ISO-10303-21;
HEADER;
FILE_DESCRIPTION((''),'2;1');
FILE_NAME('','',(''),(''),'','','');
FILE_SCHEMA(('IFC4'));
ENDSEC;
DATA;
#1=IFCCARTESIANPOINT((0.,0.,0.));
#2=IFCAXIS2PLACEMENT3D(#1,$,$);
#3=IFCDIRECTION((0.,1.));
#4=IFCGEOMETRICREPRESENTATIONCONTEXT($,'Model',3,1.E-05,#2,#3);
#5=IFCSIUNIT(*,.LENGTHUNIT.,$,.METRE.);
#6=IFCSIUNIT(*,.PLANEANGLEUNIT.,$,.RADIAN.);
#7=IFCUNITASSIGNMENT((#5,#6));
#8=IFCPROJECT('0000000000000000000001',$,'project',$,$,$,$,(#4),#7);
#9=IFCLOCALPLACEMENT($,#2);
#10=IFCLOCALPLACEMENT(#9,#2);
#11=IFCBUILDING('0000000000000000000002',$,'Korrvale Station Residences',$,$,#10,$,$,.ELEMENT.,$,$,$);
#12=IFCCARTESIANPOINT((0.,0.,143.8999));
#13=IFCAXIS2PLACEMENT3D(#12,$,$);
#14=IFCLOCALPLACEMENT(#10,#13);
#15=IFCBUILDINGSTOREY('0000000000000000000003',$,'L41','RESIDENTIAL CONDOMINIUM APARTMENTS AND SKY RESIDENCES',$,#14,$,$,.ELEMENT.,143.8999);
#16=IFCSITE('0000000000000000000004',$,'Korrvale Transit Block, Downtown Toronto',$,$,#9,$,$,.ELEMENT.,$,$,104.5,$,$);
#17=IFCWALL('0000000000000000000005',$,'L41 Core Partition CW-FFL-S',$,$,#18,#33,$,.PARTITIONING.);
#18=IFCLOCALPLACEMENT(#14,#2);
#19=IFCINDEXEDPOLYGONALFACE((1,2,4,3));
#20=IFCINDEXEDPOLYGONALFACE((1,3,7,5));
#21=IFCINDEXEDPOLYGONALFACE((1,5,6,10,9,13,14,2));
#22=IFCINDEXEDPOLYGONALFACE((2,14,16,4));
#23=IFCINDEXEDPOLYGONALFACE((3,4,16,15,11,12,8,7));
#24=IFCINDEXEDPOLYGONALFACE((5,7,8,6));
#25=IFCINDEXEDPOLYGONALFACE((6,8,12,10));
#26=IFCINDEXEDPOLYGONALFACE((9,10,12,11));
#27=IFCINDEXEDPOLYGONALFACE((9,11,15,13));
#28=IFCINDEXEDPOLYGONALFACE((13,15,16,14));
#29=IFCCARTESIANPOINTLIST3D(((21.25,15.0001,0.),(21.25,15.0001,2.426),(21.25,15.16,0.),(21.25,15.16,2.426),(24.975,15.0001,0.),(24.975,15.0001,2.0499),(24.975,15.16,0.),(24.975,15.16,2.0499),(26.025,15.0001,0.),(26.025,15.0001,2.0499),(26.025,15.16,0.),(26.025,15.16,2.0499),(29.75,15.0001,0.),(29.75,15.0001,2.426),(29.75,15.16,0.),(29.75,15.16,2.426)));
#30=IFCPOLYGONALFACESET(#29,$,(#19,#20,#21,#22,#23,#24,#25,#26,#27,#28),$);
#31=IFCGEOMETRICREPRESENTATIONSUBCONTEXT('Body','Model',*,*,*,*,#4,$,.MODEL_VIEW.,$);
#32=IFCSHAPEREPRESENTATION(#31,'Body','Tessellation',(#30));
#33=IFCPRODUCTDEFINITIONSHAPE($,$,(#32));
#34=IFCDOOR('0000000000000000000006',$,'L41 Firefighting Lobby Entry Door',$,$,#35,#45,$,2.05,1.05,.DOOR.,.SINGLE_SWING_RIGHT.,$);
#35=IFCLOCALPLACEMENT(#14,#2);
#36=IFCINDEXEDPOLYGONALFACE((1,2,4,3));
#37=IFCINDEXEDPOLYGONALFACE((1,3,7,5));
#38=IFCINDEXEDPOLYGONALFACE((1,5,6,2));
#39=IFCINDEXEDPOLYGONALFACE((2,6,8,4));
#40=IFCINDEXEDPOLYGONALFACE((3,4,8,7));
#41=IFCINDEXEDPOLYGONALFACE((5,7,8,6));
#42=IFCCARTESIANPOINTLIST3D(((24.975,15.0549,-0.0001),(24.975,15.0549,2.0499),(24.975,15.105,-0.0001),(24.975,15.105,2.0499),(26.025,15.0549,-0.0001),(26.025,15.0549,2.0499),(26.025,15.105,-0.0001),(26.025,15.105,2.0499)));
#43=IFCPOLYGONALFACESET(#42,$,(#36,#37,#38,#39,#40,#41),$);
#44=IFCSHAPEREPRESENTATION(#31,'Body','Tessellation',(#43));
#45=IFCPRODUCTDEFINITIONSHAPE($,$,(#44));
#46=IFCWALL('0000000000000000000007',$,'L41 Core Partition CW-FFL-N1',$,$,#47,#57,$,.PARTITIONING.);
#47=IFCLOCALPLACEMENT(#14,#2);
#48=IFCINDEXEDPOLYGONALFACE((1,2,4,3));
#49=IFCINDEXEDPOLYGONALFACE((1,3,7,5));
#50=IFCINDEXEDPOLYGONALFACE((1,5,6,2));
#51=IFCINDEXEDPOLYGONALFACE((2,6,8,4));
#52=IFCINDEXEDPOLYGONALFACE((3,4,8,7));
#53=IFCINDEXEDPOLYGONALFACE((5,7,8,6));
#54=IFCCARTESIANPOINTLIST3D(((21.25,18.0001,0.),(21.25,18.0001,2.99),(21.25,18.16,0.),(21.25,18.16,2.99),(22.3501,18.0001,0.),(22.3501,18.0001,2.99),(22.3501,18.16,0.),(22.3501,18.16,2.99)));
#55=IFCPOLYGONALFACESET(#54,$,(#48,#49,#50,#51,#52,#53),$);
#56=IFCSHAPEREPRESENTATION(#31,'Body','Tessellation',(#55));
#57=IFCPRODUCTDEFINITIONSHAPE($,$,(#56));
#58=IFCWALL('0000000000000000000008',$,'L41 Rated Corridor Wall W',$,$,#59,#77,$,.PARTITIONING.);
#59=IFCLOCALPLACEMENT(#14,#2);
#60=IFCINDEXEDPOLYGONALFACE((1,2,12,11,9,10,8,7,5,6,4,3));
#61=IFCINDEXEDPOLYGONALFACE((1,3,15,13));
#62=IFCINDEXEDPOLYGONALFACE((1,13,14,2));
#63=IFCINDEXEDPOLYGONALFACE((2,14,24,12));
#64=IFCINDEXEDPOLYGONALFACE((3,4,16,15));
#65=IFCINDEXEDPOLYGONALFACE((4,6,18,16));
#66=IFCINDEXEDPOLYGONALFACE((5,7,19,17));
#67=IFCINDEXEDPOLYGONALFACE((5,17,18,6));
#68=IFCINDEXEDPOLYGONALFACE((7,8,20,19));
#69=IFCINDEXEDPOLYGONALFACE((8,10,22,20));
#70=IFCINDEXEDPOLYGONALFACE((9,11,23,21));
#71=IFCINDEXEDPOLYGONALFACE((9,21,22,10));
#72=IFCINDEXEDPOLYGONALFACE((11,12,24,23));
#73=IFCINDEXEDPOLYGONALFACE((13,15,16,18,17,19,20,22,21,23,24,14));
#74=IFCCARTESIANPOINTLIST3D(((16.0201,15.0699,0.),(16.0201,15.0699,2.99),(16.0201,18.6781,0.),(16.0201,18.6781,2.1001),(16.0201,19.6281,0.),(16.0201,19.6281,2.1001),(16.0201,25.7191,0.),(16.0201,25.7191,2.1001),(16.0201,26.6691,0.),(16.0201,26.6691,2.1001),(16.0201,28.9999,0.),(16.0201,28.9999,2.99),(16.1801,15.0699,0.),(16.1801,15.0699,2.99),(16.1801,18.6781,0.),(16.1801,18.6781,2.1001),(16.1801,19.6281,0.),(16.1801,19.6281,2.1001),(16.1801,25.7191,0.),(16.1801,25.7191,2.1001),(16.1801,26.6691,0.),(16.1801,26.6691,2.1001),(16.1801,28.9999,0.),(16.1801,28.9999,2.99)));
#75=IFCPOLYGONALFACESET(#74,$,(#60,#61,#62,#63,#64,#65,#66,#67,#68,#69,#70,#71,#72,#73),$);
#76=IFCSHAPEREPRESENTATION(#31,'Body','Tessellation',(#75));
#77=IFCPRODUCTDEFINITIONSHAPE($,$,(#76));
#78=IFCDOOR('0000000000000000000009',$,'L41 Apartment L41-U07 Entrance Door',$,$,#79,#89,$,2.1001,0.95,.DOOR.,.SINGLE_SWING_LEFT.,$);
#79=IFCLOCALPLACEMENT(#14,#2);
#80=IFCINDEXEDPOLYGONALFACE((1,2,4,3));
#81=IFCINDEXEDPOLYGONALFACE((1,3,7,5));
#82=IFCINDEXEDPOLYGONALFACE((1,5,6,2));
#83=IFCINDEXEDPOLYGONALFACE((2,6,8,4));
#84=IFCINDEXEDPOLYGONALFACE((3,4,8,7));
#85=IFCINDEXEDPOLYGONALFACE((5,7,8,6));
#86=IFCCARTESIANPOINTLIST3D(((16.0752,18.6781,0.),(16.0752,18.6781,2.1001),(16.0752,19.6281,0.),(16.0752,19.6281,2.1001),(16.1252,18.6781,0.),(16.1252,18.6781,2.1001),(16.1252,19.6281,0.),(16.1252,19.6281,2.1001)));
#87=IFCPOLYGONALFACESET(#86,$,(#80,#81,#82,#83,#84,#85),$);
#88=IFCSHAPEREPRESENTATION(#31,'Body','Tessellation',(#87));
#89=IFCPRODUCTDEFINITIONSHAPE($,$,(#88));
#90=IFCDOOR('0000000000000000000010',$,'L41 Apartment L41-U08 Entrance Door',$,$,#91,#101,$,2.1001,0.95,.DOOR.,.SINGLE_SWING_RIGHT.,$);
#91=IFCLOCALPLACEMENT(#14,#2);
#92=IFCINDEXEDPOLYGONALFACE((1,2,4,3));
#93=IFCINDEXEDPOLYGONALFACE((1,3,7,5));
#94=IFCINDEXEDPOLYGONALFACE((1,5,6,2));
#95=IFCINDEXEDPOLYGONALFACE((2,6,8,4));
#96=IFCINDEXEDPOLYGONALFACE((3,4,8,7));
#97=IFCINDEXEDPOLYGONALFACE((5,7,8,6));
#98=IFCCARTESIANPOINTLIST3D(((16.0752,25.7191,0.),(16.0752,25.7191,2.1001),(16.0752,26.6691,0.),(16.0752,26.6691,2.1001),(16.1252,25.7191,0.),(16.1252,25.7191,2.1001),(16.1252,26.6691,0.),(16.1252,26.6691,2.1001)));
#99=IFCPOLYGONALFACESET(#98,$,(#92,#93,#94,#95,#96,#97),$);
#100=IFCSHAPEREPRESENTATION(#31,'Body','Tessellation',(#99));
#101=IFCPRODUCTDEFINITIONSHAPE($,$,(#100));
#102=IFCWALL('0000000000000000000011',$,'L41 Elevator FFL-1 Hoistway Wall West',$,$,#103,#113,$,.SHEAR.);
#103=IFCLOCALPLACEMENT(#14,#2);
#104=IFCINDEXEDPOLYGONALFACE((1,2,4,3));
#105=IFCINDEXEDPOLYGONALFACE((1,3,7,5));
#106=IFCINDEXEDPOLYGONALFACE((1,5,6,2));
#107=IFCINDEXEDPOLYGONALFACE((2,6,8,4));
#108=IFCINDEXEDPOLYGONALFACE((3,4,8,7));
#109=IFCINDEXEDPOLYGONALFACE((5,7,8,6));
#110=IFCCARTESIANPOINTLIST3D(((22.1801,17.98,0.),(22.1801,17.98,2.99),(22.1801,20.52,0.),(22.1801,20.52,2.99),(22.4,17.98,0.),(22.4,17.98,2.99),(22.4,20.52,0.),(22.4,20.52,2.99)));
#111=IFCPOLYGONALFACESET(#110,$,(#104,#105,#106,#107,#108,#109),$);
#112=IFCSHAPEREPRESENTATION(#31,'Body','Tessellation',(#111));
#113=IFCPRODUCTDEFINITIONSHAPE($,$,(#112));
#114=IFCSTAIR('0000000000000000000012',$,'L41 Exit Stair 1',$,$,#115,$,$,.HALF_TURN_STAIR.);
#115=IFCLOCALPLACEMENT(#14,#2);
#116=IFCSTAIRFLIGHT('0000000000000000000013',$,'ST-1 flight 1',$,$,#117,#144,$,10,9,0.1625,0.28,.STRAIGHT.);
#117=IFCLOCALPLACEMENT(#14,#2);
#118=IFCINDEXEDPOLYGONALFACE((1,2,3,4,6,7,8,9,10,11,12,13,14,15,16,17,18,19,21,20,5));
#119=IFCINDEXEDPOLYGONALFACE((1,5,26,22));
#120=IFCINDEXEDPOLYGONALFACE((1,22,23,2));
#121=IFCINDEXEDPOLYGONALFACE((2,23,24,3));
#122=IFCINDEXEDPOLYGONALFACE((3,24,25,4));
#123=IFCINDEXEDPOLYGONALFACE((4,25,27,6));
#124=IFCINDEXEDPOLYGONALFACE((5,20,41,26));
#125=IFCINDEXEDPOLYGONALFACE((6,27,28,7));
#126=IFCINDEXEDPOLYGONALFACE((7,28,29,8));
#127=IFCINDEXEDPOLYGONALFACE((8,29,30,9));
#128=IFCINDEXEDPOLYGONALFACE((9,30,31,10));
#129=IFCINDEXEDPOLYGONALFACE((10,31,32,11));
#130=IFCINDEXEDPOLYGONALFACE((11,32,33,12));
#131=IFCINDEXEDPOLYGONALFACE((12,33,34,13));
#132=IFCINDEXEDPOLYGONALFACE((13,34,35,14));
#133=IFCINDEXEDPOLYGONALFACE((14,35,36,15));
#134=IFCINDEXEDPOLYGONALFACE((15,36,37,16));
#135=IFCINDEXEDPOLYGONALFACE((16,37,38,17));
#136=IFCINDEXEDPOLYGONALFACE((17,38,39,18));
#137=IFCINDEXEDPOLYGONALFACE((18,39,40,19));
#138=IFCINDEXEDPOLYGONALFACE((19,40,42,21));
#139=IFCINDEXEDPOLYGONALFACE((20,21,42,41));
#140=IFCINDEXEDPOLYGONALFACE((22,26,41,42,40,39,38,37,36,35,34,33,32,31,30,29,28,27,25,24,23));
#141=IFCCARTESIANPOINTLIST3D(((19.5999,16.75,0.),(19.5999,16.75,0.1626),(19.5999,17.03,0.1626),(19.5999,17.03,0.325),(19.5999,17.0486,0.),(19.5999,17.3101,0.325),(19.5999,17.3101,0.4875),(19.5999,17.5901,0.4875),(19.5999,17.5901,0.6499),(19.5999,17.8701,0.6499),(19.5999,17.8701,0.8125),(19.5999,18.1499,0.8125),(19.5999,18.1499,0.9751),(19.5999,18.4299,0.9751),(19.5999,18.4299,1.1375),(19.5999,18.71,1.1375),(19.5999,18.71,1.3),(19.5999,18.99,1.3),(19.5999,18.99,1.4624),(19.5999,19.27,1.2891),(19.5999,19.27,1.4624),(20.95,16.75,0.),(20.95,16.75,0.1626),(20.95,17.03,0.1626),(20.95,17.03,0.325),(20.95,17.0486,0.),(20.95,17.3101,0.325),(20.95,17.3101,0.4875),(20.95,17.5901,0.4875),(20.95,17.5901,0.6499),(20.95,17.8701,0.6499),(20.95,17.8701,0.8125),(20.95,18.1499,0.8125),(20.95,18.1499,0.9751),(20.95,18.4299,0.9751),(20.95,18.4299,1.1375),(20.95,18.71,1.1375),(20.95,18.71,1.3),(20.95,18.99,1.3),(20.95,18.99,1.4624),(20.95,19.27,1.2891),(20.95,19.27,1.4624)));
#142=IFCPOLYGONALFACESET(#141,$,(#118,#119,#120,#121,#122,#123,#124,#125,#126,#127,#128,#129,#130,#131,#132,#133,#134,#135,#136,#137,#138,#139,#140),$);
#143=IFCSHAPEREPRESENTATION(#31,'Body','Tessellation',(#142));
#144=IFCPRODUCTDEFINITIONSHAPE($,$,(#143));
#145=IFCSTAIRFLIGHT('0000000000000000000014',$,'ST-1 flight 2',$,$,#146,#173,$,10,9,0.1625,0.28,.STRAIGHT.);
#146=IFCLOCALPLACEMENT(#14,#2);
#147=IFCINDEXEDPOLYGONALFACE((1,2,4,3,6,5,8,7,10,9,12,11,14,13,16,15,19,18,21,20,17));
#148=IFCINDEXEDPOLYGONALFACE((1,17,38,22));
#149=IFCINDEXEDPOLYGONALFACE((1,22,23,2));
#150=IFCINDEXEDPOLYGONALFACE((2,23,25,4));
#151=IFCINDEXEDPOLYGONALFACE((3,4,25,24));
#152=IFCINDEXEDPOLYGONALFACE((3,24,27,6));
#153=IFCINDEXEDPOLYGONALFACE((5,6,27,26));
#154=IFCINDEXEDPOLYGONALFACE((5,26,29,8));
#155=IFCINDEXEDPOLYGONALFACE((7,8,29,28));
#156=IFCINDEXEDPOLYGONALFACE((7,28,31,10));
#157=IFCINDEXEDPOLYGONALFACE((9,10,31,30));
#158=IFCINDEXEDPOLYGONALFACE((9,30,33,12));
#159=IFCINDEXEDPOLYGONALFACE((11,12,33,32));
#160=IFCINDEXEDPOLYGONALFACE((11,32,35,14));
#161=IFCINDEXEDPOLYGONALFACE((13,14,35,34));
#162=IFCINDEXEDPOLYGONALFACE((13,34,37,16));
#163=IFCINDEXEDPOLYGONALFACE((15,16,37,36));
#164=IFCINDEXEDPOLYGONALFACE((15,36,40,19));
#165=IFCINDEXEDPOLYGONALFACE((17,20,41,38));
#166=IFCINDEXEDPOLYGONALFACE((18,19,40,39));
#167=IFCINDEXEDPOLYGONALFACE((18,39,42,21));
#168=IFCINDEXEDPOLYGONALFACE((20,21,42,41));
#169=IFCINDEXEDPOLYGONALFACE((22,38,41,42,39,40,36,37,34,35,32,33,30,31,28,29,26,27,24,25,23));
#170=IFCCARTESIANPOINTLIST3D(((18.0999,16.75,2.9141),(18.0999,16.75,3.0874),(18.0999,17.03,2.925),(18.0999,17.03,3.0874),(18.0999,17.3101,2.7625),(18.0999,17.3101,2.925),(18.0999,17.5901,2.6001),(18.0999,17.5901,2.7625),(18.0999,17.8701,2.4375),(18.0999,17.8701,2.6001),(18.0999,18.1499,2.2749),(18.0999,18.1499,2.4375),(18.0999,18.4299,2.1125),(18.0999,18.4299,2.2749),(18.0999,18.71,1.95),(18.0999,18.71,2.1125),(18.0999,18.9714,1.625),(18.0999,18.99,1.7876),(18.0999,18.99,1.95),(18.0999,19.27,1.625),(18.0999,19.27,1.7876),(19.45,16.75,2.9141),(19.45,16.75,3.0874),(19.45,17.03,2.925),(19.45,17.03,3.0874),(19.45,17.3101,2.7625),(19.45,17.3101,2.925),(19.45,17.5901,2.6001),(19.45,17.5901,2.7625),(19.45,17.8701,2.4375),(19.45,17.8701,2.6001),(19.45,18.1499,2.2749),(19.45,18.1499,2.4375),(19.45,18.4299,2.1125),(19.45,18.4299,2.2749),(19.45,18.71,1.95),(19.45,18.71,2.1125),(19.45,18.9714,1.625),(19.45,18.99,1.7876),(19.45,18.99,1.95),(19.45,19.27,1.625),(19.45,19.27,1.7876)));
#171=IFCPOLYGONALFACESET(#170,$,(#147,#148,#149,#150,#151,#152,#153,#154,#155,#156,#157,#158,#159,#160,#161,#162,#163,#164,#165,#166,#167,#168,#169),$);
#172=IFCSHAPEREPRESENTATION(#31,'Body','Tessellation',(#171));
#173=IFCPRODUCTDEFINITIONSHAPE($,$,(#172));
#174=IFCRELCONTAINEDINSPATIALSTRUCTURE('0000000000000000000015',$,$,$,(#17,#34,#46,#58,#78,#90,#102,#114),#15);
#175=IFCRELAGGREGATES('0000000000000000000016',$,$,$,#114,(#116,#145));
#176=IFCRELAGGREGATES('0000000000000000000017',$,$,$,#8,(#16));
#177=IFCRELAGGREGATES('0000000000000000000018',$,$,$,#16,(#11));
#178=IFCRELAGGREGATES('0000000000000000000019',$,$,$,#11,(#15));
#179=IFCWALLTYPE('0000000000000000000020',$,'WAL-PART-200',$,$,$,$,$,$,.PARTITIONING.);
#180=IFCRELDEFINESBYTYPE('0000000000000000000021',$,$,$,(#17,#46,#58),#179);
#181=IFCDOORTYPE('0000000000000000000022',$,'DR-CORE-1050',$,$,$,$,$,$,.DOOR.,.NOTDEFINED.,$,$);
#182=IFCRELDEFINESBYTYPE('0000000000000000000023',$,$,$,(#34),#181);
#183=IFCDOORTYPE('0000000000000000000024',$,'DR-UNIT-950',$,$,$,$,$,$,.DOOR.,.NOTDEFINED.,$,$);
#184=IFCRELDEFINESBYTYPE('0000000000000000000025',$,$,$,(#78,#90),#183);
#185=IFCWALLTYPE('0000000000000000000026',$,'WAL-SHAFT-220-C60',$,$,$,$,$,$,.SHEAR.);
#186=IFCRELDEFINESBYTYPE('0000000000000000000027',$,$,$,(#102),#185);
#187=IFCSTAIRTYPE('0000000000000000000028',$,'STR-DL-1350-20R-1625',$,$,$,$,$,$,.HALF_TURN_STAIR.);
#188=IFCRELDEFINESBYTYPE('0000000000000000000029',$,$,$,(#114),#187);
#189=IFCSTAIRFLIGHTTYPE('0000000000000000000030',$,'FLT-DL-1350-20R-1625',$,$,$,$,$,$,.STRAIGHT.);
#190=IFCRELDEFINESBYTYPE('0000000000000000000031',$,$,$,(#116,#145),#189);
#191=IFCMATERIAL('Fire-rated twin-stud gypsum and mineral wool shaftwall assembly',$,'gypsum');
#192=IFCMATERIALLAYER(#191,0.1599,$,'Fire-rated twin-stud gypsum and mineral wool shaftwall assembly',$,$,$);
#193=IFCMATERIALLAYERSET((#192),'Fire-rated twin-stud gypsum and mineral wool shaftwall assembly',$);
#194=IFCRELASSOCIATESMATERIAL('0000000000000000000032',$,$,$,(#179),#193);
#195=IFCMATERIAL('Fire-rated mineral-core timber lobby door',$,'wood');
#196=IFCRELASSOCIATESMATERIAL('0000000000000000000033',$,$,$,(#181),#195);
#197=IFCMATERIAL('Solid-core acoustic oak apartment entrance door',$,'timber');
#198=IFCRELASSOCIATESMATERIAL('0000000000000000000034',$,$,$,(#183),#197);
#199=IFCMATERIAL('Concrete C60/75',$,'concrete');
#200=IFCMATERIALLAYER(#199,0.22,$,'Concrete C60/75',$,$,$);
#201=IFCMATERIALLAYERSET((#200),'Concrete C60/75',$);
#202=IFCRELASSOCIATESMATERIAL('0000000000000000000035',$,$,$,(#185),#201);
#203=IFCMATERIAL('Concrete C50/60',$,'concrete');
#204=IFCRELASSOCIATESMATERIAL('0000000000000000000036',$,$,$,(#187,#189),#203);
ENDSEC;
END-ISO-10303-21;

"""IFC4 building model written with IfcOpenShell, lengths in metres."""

from ifc_helpers import new_model, si_unit, direction, frame, frame_2d, origin, place, context, subcontext, project, spatial, polyline, rectangle, outline, extrude, material, layer, layer_set, type_object, element, fill, aggregate, save


model = new_model("IFC4")

# Units and contexts
model_context = context("Model", 3, precision=1e-05, world=origin(), true_north=direction((0.0, 1.0)))
body_context = subcontext(model_context, "Body", "Model", "MODEL_VIEW")
ifc_project = project(units=[si_unit("LENGTHUNIT", "METRE"), si_unit("PLANEANGLEUNIT", "RADIAN")], contexts=[model_context])

# Site, building, storey
site_placement = place(None, origin())
site = spatial("IfcSite", under=ifc_project, at=site_placement, Name="Korrvale Transit Block, Downtown Toronto", CompositionType="ELEMENT", RefElevation=104.5)
building_placement = place(site_placement, origin())
building = spatial("IfcBuilding", under=site, at=building_placement, Name="Korrvale Station Residences", CompositionType="ELEMENT")
storey_placement = place(building_placement, frame((0.0, 0.0, 143.8999)))
storey = spatial("IfcBuildingStorey", under=building, at=storey_placement, Name="L41", Description="RESIDENTIAL CONDOMINIUM APARTMENTS AND SKY RESIDENCES", CompositionType="ELEMENT", Elevation=143.8999)

# Shared definitions
ifc_material_1 = material(Name="Concrete C60/75", Category="concrete")

# Wall, opening, door
ifc_material_2 = material(Name="Fire-rated twin-stud gypsum and mineral wool shaftwall assembly", Category="gypsum")
ifc_layer_1 = layer(ifc_material_2, 0.1599, Name="Fire-rated twin-stud gypsum and mineral wool shaftwall assembly")
ifc_layer_set_1 = layer_set([ifc_layer_1], Name="Fire-rated twin-stud gypsum and mineral wool shaftwall assembly")
wall_type_1 = type_object("IfcWallType", Name="WAL-PART-200", PredefinedType="PARTITIONING", material=ifc_layer_set_1)
wall_1_placement = place(storey_placement, frame((21.25, 15.0801, 0.0), z_axis=(0.0, 0.0, 1.0), x_axis=(1.0, 0.0, 0.0)))
wall_1 = element("IfcWall", 1, at=wall_1_placement, inside=storey, type_object=wall_type_1, Name="L41 Core Partition CW-FFL-S", PredefinedType="PARTITIONING", context=body_context, shape_type="SweptSolid", body=[
    extrude(rectangle(XDim=8.5, YDim=0.1599, at=frame_2d((4.25, 0.0))), origin(), (0.0, 0.0, 1.0), 2.426),
])
opening_1_placement = place(wall_1_placement, frame((3.7251, 0.0, 0.0)))
opening_1 = element("IfcOpeningElement", 2, at=opening_1_placement, cuts=wall_1, PredefinedType="OPENING", context=body_context, shape_type="SweptSolid", body=[
    extrude(rectangle(XDim=1.05, YDim=2.05, at=frame_2d((0.5249, 1.0249))), frame((0.0, 0.0898, 0.0), z_axis=(0.0, -1.0, 0.0), x_axis=(1.0, 0.0, 0.0)), (0.0, 0.0, 1.0), 0.1799),
])
ifc_material_3 = material(Name="Fire-rated mineral-core timber lobby door", Category="wood")
door_type_1 = type_object("IfcDoorType", Name="DR-CORE-1050", OperationType="NOTDEFINED", PredefinedType="DOOR", material=ifc_material_3)
door_1_placement = place(opening_1_placement, origin())
door_1 = element("IfcDoor", 3, at=door_1_placement, inside=storey, type_object=door_type_1, Name="L41 Firefighting Lobby Entry Door", OperationType="SINGLE_SWING_RIGHT", OverallHeight=2.05, OverallWidth=1.05, PredefinedType="DOOR", context=body_context, shape_type="SweptSolid", body=[
    extrude(rectangle(XDim=1.05, YDim=2.05, at=frame_2d((0.5249, 1.0249))), frame((0.0, 0.0249, 0.0), z_axis=(0.0, -1.0, 0.0), x_axis=(1.0, 0.0, 0.0)), (0.0, 0.0, 1.0), 0.05),
])
fill(opening_1, door_1)

# Wall
wall_2_placement = place(storey_placement, frame((21.25, 18.0801, 0.0), z_axis=(0.0, 0.0, 1.0), x_axis=(1.0, 0.0, 0.0)))
element("IfcWall", 4, at=wall_2_placement, inside=storey, type_object=wall_type_1, Name="L41 Core Partition CW-FFL-N1", PredefinedType="PARTITIONING", context=body_context, shape_type="SweptSolid", body=[
    extrude(rectangle(XDim=1.1001, YDim=0.1599, at=frame_2d((0.55, 0.0))), origin(), (0.0, 0.0, 1.0), 2.99),
])

# Wall, openings, doors
wall_3_placement = place(storey_placement, frame((16.1001, 15.0701, 0.0), z_axis=(0.0, 0.0, 1.0), x_axis=(0.0, 1.0, 0.0)))
wall_3 = element("IfcWall", 5, at=wall_3_placement, inside=storey, type_object=wall_type_1, Name="L41 Rated Corridor Wall W", PredefinedType="PARTITIONING", context=body_context, shape_type="SweptSolid", body=[
    extrude(rectangle(XDim=13.9299, YDim=0.1599, at=frame_2d((6.9648, 0.0))), origin(), (0.0, 0.0, 1.0), 2.99),
])
opening_2_placement = place(wall_3_placement, frame((3.6079, 0.0, 0.0)))
opening_2 = element("IfcOpeningElement", 6, at=opening_2_placement, cuts=wall_3, PredefinedType="OPENING", context=body_context, shape_type="SweptSolid", body=[
    extrude(rectangle(XDim=0.95, YDim=2.1001, at=frame_2d((0.4751, 1.05))), frame((0.0, 0.0898, 0.0), z_axis=(0.0, -1.0, 0.0), x_axis=(1.0, 0.0, 0.0)), (0.0, 0.0, 1.0), 0.1799),
])
opening_3_placement = place(wall_3_placement, frame((10.6489, 0.0, 0.0)))
opening_3 = element("IfcOpeningElement", 7, at=opening_3_placement, cuts=wall_3, PredefinedType="OPENING", context=body_context, shape_type="SweptSolid", body=[
    extrude(rectangle(XDim=0.95, YDim=2.1001, at=frame_2d((0.4751, 1.05))), frame((0.0, 0.0898, 0.0), z_axis=(0.0, -1.0, 0.0), x_axis=(1.0, 0.0, 0.0)), (0.0, 0.0, 1.0), 0.1799),
])
ifc_material_4 = material(Name="Solid-core acoustic oak apartment entrance door", Category="timber")
door_type_2 = type_object("IfcDoorType", Name="DR-UNIT-950", OperationType="NOTDEFINED", PredefinedType="DOOR", material=ifc_material_4)
door_2_placement = place(opening_2_placement, origin())
door_2 = element("IfcDoor", 8, at=door_2_placement, inside=storey, type_object=door_type_2, Name="L41 Apartment L41-U07 Entrance Door", OperationType="SINGLE_SWING_LEFT", OverallHeight=2.1001, OverallWidth=0.95, PredefinedType="DOOR", context=body_context, shape_type="SweptSolid", body=[
    extrude(rectangle(XDim=0.95, YDim=2.1001, at=frame_2d((0.4751, 1.05))), frame((0.0, 0.0249, 0.0), z_axis=(0.0, -1.0, 0.0), x_axis=(1.0, 0.0, 0.0)), (0.0, 0.0, 1.0), 0.05),
])
fill(opening_2, door_2)
door_3_placement = place(opening_3_placement, origin())
door_3 = element("IfcDoor", 9, at=door_3_placement, inside=storey, type_object=door_type_2, Name="L41 Apartment L41-U08 Entrance Door", OperationType="SINGLE_SWING_RIGHT", OverallHeight=2.1001, OverallWidth=0.95, PredefinedType="DOOR", context=body_context, shape_type="SweptSolid", body=[
    extrude(rectangle(XDim=0.95, YDim=2.1001, at=frame_2d((0.4751, 1.05))), frame((0.0, 0.0249, 0.0), z_axis=(0.0, -1.0, 0.0), x_axis=(1.0, 0.0, 0.0)), (0.0, 0.0, 1.0), 0.05),
])
fill(opening_3, door_3)

# Shared definitions
ifc_layer_2 = layer(ifc_material_1, 0.22, Name="Concrete C60/75")
ifc_layer_set_2 = layer_set([ifc_layer_2], Name="Concrete C60/75")
wall_type_2 = type_object("IfcWallType", Name="WAL-SHAFT-220-C60", PredefinedType="SHEAR", material=ifc_layer_set_2)

# Wall
wall_4_placement = place(storey_placement, frame((22.29, 17.98, 0.0), z_axis=(0.0, 0.0, 1.0), x_axis=(0.0, 1.0, 0.0)))
element("IfcWall", 10, at=wall_4_placement, inside=storey, type_object=wall_type_2, Name="L41 Elevator FFL-1 Hoistway Wall West", PredefinedType="SHEAR", context=body_context, shape_type="SweptSolid", body=[
    extrude(rectangle(XDim=2.54, YDim=0.22, at=frame_2d((1.27, 0.0))), origin(), (0.0, 0.0, 1.0), 2.99),
])

# Stair, stair flights
ifc_material_5 = material(Name="Concrete C50/60", Category="concrete")
stair_type = type_object("IfcStairType", Name="STR-DL-1350-20R-1625", PredefinedType="HALF_TURN_STAIR", material=ifc_material_5)
stair_placement = place(storey_placement, origin())
stair = element("IfcStair", 11, at=stair_placement, inside=storey, type_object=stair_type, Name="L41 Exit Stair 1", PredefinedType="HALF_TURN_STAIR")
stair_flight_type = type_object("IfcStairFlightType", Name="FLT-DL-1350-20R-1625", PredefinedType="STRAIGHT", material=ifc_material_5)
stair_flight_1_placement = place(storey_placement, frame((20.2749, 16.75, 0.0), z_axis=(0.0, 0.0, 1.0), x_axis=(0.0, 1.0, 0.0)))
stair_flight_1 = element("IfcStairFlight", 12, at=stair_flight_1_placement, type_object=stair_flight_type, Name="ST-1 flight 1", NumberOfRisers=10, NumberOfTreads=9, PredefinedType="STRAIGHT", RiserHeight=0.1625, TreadLength=0.28, context=body_context, shape_type="SweptSolid", body=[
    extrude(outline(polyline([(0.0, 0.0), (0.0, 0.1626), (0.28, 0.1626), (0.28, 0.325), (0.5601, 0.325), (0.5601, 0.4875), (0.8401, 0.4875), (0.8401, 0.6499), (1.1201, 0.6499), (1.1201, 0.8125), (1.3999, 0.8125), (1.3999, 0.9751), (1.6799, 0.9751), (1.6799, 1.1375), (1.96, 1.1375), (1.96, 1.3), (2.24, 1.3), (2.24, 1.4624), (2.52, 1.4624), (2.52, 1.625), (2.52, 1.2891), (0.2986, 0.0), (0.0, 0.0)])), frame((0.0, 0.675, 0.0), z_axis=(0.0, -1.0, 0.0), x_axis=(1.0, 0.0, 0.0)), (0.0, 0.0, 1.0), 1.3501),
])
stair_flight_2_placement = place(storey_placement, frame((18.7749, 19.27, 1.625), z_axis=(0.0, 0.0, 1.0), x_axis=(0.0, -1.0, 0.0)))
stair_flight_2 = element("IfcStairFlight", 13, at=stair_flight_2_placement, type_object=stair_flight_type, Name="ST-1 flight 2", NumberOfRisers=10, NumberOfTreads=9, PredefinedType="STRAIGHT", RiserHeight=0.1625, TreadLength=0.28, context=body_context, shape_type="SweptSolid", body=[
    extrude(outline(polyline([(0.0, 0.0), (0.0, 0.1626), (0.28, 0.1626), (0.28, 0.325), (0.5601, 0.325), (0.5601, 0.4875), (0.8401, 0.4875), (0.8401, 0.6499), (1.1201, 0.6499), (1.1201, 0.8125), (1.3999, 0.8125), (1.3999, 0.9751), (1.6799, 0.9751), (1.6799, 1.1375), (1.96, 1.1375), (1.96, 1.3), (2.24, 1.3), (2.24, 1.4624), (2.52, 1.4624), (2.52, 1.625), (2.52, 1.2891), (0.2986, 0.0), (0.0, 0.0)])), frame((0.0, 0.675, 0.0), z_axis=(0.0, -1.0, 0.0), x_axis=(1.0, 0.0, 0.0)), (0.0, 0.0, 1.0), 1.3501),
])
aggregate(stair, [stair_flight_1, stair_flight_2])

save(model, "model.ifc")
